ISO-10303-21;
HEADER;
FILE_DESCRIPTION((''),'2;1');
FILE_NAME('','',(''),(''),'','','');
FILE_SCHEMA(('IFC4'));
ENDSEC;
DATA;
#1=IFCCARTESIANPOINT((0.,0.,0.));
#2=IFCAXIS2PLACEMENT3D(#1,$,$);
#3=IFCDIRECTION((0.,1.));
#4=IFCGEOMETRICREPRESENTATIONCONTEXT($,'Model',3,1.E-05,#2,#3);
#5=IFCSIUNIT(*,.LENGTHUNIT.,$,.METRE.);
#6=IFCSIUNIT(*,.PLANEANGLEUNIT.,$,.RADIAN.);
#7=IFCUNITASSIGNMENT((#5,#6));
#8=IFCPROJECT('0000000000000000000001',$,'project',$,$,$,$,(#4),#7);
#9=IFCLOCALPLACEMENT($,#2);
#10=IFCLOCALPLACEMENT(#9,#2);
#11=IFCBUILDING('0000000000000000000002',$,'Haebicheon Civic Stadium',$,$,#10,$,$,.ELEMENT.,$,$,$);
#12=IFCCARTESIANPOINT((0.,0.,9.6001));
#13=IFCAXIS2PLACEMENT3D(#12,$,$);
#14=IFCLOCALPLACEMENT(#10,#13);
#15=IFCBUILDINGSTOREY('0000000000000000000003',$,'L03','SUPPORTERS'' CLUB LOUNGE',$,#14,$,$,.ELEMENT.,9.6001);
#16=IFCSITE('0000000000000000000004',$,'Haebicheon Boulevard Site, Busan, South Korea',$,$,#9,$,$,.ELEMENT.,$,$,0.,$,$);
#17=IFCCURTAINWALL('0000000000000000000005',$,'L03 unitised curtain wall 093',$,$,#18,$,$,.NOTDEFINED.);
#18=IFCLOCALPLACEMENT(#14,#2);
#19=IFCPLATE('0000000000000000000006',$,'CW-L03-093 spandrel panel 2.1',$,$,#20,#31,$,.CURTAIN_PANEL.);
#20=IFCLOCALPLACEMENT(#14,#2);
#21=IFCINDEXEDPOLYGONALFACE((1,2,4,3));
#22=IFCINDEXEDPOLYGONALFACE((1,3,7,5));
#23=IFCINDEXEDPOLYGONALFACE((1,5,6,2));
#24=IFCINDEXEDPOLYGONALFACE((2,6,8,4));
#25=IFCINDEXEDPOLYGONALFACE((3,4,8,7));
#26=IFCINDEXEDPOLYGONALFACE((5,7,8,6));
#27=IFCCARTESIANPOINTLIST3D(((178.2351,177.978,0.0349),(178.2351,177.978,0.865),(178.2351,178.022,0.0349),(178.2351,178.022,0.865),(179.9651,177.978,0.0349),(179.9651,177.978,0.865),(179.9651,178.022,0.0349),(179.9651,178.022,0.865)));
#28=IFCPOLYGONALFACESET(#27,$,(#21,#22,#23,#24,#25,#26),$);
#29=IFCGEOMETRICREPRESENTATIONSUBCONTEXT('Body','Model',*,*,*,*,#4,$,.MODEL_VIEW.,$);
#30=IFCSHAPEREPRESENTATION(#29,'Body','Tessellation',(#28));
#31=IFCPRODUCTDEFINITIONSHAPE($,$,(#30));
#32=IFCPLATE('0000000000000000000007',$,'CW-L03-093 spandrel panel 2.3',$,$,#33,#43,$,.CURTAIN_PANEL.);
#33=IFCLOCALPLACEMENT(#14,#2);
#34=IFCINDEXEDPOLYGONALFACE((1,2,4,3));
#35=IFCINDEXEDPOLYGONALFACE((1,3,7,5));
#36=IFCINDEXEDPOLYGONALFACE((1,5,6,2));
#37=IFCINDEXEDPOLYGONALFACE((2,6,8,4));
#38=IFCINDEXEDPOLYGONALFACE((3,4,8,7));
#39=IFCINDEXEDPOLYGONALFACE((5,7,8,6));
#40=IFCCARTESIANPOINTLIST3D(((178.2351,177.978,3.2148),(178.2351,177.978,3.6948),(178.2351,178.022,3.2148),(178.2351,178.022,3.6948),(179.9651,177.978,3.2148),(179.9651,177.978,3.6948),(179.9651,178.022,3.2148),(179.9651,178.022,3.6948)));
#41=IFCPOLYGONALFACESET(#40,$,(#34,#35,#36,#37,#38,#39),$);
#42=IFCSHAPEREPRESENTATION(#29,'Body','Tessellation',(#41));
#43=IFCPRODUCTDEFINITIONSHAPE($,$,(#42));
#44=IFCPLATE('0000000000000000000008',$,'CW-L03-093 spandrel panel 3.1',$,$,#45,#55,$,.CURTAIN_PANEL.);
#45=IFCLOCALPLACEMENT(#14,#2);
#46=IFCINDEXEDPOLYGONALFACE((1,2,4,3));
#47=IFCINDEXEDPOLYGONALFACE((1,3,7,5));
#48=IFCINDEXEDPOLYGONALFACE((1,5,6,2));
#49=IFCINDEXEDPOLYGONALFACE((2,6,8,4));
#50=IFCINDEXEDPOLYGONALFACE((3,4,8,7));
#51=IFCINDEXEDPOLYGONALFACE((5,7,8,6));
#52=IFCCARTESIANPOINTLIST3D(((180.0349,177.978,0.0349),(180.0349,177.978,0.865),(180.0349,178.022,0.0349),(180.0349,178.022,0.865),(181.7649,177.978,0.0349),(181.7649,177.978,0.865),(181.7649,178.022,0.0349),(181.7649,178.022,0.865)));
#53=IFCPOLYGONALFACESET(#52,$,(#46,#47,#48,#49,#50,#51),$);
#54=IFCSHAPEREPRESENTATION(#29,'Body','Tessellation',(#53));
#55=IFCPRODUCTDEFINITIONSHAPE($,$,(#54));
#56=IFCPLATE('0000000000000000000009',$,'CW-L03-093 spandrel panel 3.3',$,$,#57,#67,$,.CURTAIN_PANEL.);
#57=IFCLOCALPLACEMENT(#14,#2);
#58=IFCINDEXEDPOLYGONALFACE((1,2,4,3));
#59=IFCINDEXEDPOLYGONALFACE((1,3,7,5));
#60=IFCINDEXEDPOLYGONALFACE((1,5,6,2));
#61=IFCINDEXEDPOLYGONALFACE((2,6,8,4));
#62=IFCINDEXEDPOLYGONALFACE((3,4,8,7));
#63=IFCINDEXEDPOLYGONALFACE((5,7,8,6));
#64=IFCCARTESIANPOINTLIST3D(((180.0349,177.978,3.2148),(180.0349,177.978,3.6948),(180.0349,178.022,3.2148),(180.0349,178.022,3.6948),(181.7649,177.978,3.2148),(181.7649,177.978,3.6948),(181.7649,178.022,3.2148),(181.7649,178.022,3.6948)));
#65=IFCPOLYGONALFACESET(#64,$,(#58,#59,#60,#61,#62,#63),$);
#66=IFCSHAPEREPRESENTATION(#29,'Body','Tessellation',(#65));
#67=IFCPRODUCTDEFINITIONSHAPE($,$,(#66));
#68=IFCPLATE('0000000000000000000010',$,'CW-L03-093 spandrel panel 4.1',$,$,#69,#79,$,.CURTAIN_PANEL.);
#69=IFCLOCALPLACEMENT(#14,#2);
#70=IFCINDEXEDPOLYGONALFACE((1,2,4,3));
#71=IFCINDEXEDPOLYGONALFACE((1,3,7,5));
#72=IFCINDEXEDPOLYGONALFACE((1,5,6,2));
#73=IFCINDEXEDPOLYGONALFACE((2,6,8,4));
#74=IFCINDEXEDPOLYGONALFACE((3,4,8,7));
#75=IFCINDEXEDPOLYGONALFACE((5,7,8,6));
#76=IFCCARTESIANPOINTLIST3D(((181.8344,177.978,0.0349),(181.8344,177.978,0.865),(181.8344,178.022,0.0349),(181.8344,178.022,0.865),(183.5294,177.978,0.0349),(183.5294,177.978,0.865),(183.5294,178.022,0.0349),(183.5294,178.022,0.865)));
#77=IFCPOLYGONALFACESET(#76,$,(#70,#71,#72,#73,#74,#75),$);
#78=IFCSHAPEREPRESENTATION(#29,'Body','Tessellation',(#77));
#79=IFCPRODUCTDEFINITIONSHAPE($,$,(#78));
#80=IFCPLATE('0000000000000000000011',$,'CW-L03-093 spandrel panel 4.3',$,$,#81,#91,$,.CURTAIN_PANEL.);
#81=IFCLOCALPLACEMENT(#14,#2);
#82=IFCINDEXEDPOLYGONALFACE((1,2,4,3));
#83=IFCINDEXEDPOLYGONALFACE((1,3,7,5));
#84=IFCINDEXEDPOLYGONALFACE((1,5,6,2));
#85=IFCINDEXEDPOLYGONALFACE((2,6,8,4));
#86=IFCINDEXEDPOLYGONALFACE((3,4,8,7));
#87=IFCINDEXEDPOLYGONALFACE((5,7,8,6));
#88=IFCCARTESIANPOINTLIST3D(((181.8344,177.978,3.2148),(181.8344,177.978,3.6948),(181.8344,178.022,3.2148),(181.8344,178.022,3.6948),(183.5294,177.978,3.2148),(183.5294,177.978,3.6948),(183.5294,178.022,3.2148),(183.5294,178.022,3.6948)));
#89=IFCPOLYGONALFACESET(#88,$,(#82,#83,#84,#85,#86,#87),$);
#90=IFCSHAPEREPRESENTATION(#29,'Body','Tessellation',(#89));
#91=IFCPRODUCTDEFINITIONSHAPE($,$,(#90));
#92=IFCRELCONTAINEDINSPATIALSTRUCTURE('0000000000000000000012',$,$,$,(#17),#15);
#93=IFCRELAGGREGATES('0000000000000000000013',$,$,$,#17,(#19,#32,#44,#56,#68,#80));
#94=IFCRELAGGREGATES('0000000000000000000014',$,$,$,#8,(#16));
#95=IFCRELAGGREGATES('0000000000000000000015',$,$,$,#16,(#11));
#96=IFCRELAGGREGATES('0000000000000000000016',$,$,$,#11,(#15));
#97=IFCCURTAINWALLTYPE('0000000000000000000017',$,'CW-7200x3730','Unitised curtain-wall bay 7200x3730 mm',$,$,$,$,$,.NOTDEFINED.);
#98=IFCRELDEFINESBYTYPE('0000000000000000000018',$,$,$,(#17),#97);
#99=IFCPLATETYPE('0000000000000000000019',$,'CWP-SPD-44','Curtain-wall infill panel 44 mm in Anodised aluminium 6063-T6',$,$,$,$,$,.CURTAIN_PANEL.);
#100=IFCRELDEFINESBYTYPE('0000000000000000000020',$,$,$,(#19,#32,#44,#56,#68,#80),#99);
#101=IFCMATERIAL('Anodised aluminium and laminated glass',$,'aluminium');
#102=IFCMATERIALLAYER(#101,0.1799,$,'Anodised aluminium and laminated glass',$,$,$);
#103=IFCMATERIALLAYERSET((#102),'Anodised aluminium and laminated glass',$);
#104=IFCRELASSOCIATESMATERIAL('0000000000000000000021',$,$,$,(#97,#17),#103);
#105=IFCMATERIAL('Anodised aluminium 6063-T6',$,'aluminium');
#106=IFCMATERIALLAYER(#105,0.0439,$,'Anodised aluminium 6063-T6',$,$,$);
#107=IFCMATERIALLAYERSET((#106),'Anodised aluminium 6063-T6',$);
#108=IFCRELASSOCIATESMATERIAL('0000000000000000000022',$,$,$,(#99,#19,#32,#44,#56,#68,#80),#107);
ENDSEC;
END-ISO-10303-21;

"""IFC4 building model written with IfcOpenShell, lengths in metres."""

from ifc_helpers import new_model, si_unit, direction, frame, origin, origin_2d, place, context, subcontext, project, spatial, rectangle, extrude, material, layer, layer_set, type_object, element, aggregate, save


model = new_model("IFC4")

# Units and contexts
model_context = context("Model", 3, precision=1e-05, world=origin(), true_north=direction((0.0, 1.0)))
body_context = subcontext(model_context, "Body", "Model", "MODEL_VIEW")
ifc_project = project(units=[si_unit("LENGTHUNIT", "METRE"), si_unit("PLANEANGLEUNIT", "RADIAN")], contexts=[model_context])

# Site, building, storey
site_placement = place(None, origin())
site = spatial("IfcSite", under=ifc_project, at=site_placement, Name="Haebicheon Boulevard Site, Busan, South Korea", CompositionType="ELEMENT", RefElevation=0.0)
building_placement = place(site_placement, origin())
building = spatial("IfcBuilding", under=site, at=building_placement, Name="Haebicheon Civic Stadium", CompositionType="ELEMENT")
storey_placement = place(building_placement, frame((0.0, 0.0, 9.6001)))
storey = spatial("IfcBuildingStorey", under=building, at=storey_placement, Name="L03", Description="SUPPORTERS' CLUB LOUNGE", CompositionType="ELEMENT", Elevation=9.6001)

# Curtain wall
ifc_material_1 = material(Name="Anodised aluminium and laminated glass", Category="aluminium")
ifc_layer_1 = layer(ifc_material_1, 0.1799, Name="Anodised aluminium and laminated glass")
ifc_layer_set_1 = layer_set([ifc_layer_1], Name="Anodised aluminium and laminated glass")
curtain_wall_type = type_object("IfcCurtainWallType", Name="CW-7200x3730", Description="Unitised curtain-wall bay 7200x3730 mm", PredefinedType="NOTDEFINED", material=ifc_layer_set_1)
curtain_wall_placement = place(storey_placement, origin())
curtain_wall = element("IfcCurtainWall", 1, at=curtain_wall_placement, inside=storey, type_object=curtain_wall_type, material=ifc_layer_set_1, Name="L03 unitised curtain wall 093", PredefinedType="NOTDEFINED")

# Plates
ifc_material_2 = material(Name="Anodised aluminium 6063-T6", Category="aluminium")
ifc_layer_2 = layer(ifc_material_2, 0.0439, Name="Anodised aluminium 6063-T6")
ifc_layer_set_2 = layer_set([ifc_layer_2], Name="Anodised aluminium 6063-T6")
plate_type_1 = type_object("IfcPlateType", Name="CWP-SPD-44", Description="Curtain-wall infill panel 44 mm in Anodised aluminium 6063-T6", PredefinedType="CURTAIN_PANEL", material=ifc_layer_set_2)
plate_1_placement = place(storey_placement, frame((179.1001, 178.0, 0.0349), z_axis=(0.0, 0.0, 1.0), x_axis=(1.0, 0.0, 0.0)))
plate_1 = element("IfcPlate", 2, at=plate_1_placement, type_object=plate_type_1, material=ifc_layer_set_2, Name="CW-L03-093 spandrel panel 2.1", PredefinedType="CURTAIN_PANEL", context=body_context, shape_type="SweptSolid", body=[
    extrude(rectangle(XDim=1.73, YDim=0.0439, at=origin_2d()), origin(), (0.0, 0.0, 1.0), 0.8301),
])
plate_2_placement = place(storey_placement, frame((179.1001, 178.0, 3.2148), z_axis=(0.0, 0.0, 1.0), x_axis=(1.0, 0.0, 0.0)))
plate_2 = element("IfcPlate", 3, at=plate_2_placement, type_object=plate_type_1, material=ifc_layer_set_2, Name="CW-L03-093 spandrel panel 2.3", PredefinedType="CURTAIN_PANEL", context=body_context, shape_type="SweptSolid", body=[
    extrude(rectangle(XDim=1.73, YDim=0.0439, at=origin_2d()), origin(), (0.0, 0.0, 1.0), 0.48),
])
plate_3_placement = place(storey_placement, frame((180.8999, 178.0, 0.0349), z_axis=(0.0, 0.0, 1.0), x_axis=(1.0, 0.0, 0.0)))
plate_3 = element("IfcPlate", 4, at=plate_3_placement, type_object=plate_type_1, material=ifc_layer_set_2, Name="CW-L03-093 spandrel panel 3.1", PredefinedType="CURTAIN_PANEL", context=body_context, shape_type="SweptSolid", body=[
    extrude(rectangle(XDim=1.73, YDim=0.0439, at=origin_2d()), origin(), (0.0, 0.0, 1.0), 0.8301),
])
plate_4_placement = place(storey_placement, frame((180.8999, 178.0, 3.2148), z_axis=(0.0, 0.0, 1.0), x_axis=(1.0, 0.0, 0.0)))
plate_4 = element("IfcPlate", 5, at=plate_4_placement, type_object=plate_type_1, material=ifc_layer_set_2, Name="CW-L03-093 spandrel panel 3.3", PredefinedType="CURTAIN_PANEL", context=body_context, shape_type="SweptSolid", body=[
    extrude(rectangle(XDim=1.73, YDim=0.0439, at=origin_2d()), origin(), (0.0, 0.0, 1.0), 0.48),
])
plate_5_placement = place(storey_placement, frame((182.6819, 178.0, 0.0349), z_axis=(0.0, 0.0, 1.0), x_axis=(1.0, 0.0, 0.0)))
plate_5 = element("IfcPlate", 6, at=plate_5_placement, type_object=plate_type_1, material=ifc_layer_set_2, Name="CW-L03-093 spandrel panel 4.1", PredefinedType="CURTAIN_PANEL", context=body_context, shape_type="SweptSolid", body=[
    extrude(rectangle(XDim=1.6951, YDim=0.0439, at=origin_2d()), origin(), (0.0, 0.0, 1.0), 0.8301),
])
plate_6_placement = place(storey_placement, frame((182.6819, 178.0, 3.2148), z_axis=(0.0, 0.0, 1.0), x_axis=(1.0, 0.0, 0.0)))
plate_6 = element("IfcPlate", 7, at=plate_6_placement, type_object=plate_type_1, material=ifc_layer_set_2, Name="CW-L03-093 spandrel panel 4.3", PredefinedType="CURTAIN_PANEL", context=body_context, shape_type="SweptSolid", body=[
    extrude(rectangle(XDim=1.6951, YDim=0.0439, at=origin_2d()), origin(), (0.0, 0.0, 1.0), 0.48),
])
aggregate(curtain_wall, [plate_1, plate_2, plate_3, plate_4, plate_5, plate_6])

save(model, "model.ifc")
